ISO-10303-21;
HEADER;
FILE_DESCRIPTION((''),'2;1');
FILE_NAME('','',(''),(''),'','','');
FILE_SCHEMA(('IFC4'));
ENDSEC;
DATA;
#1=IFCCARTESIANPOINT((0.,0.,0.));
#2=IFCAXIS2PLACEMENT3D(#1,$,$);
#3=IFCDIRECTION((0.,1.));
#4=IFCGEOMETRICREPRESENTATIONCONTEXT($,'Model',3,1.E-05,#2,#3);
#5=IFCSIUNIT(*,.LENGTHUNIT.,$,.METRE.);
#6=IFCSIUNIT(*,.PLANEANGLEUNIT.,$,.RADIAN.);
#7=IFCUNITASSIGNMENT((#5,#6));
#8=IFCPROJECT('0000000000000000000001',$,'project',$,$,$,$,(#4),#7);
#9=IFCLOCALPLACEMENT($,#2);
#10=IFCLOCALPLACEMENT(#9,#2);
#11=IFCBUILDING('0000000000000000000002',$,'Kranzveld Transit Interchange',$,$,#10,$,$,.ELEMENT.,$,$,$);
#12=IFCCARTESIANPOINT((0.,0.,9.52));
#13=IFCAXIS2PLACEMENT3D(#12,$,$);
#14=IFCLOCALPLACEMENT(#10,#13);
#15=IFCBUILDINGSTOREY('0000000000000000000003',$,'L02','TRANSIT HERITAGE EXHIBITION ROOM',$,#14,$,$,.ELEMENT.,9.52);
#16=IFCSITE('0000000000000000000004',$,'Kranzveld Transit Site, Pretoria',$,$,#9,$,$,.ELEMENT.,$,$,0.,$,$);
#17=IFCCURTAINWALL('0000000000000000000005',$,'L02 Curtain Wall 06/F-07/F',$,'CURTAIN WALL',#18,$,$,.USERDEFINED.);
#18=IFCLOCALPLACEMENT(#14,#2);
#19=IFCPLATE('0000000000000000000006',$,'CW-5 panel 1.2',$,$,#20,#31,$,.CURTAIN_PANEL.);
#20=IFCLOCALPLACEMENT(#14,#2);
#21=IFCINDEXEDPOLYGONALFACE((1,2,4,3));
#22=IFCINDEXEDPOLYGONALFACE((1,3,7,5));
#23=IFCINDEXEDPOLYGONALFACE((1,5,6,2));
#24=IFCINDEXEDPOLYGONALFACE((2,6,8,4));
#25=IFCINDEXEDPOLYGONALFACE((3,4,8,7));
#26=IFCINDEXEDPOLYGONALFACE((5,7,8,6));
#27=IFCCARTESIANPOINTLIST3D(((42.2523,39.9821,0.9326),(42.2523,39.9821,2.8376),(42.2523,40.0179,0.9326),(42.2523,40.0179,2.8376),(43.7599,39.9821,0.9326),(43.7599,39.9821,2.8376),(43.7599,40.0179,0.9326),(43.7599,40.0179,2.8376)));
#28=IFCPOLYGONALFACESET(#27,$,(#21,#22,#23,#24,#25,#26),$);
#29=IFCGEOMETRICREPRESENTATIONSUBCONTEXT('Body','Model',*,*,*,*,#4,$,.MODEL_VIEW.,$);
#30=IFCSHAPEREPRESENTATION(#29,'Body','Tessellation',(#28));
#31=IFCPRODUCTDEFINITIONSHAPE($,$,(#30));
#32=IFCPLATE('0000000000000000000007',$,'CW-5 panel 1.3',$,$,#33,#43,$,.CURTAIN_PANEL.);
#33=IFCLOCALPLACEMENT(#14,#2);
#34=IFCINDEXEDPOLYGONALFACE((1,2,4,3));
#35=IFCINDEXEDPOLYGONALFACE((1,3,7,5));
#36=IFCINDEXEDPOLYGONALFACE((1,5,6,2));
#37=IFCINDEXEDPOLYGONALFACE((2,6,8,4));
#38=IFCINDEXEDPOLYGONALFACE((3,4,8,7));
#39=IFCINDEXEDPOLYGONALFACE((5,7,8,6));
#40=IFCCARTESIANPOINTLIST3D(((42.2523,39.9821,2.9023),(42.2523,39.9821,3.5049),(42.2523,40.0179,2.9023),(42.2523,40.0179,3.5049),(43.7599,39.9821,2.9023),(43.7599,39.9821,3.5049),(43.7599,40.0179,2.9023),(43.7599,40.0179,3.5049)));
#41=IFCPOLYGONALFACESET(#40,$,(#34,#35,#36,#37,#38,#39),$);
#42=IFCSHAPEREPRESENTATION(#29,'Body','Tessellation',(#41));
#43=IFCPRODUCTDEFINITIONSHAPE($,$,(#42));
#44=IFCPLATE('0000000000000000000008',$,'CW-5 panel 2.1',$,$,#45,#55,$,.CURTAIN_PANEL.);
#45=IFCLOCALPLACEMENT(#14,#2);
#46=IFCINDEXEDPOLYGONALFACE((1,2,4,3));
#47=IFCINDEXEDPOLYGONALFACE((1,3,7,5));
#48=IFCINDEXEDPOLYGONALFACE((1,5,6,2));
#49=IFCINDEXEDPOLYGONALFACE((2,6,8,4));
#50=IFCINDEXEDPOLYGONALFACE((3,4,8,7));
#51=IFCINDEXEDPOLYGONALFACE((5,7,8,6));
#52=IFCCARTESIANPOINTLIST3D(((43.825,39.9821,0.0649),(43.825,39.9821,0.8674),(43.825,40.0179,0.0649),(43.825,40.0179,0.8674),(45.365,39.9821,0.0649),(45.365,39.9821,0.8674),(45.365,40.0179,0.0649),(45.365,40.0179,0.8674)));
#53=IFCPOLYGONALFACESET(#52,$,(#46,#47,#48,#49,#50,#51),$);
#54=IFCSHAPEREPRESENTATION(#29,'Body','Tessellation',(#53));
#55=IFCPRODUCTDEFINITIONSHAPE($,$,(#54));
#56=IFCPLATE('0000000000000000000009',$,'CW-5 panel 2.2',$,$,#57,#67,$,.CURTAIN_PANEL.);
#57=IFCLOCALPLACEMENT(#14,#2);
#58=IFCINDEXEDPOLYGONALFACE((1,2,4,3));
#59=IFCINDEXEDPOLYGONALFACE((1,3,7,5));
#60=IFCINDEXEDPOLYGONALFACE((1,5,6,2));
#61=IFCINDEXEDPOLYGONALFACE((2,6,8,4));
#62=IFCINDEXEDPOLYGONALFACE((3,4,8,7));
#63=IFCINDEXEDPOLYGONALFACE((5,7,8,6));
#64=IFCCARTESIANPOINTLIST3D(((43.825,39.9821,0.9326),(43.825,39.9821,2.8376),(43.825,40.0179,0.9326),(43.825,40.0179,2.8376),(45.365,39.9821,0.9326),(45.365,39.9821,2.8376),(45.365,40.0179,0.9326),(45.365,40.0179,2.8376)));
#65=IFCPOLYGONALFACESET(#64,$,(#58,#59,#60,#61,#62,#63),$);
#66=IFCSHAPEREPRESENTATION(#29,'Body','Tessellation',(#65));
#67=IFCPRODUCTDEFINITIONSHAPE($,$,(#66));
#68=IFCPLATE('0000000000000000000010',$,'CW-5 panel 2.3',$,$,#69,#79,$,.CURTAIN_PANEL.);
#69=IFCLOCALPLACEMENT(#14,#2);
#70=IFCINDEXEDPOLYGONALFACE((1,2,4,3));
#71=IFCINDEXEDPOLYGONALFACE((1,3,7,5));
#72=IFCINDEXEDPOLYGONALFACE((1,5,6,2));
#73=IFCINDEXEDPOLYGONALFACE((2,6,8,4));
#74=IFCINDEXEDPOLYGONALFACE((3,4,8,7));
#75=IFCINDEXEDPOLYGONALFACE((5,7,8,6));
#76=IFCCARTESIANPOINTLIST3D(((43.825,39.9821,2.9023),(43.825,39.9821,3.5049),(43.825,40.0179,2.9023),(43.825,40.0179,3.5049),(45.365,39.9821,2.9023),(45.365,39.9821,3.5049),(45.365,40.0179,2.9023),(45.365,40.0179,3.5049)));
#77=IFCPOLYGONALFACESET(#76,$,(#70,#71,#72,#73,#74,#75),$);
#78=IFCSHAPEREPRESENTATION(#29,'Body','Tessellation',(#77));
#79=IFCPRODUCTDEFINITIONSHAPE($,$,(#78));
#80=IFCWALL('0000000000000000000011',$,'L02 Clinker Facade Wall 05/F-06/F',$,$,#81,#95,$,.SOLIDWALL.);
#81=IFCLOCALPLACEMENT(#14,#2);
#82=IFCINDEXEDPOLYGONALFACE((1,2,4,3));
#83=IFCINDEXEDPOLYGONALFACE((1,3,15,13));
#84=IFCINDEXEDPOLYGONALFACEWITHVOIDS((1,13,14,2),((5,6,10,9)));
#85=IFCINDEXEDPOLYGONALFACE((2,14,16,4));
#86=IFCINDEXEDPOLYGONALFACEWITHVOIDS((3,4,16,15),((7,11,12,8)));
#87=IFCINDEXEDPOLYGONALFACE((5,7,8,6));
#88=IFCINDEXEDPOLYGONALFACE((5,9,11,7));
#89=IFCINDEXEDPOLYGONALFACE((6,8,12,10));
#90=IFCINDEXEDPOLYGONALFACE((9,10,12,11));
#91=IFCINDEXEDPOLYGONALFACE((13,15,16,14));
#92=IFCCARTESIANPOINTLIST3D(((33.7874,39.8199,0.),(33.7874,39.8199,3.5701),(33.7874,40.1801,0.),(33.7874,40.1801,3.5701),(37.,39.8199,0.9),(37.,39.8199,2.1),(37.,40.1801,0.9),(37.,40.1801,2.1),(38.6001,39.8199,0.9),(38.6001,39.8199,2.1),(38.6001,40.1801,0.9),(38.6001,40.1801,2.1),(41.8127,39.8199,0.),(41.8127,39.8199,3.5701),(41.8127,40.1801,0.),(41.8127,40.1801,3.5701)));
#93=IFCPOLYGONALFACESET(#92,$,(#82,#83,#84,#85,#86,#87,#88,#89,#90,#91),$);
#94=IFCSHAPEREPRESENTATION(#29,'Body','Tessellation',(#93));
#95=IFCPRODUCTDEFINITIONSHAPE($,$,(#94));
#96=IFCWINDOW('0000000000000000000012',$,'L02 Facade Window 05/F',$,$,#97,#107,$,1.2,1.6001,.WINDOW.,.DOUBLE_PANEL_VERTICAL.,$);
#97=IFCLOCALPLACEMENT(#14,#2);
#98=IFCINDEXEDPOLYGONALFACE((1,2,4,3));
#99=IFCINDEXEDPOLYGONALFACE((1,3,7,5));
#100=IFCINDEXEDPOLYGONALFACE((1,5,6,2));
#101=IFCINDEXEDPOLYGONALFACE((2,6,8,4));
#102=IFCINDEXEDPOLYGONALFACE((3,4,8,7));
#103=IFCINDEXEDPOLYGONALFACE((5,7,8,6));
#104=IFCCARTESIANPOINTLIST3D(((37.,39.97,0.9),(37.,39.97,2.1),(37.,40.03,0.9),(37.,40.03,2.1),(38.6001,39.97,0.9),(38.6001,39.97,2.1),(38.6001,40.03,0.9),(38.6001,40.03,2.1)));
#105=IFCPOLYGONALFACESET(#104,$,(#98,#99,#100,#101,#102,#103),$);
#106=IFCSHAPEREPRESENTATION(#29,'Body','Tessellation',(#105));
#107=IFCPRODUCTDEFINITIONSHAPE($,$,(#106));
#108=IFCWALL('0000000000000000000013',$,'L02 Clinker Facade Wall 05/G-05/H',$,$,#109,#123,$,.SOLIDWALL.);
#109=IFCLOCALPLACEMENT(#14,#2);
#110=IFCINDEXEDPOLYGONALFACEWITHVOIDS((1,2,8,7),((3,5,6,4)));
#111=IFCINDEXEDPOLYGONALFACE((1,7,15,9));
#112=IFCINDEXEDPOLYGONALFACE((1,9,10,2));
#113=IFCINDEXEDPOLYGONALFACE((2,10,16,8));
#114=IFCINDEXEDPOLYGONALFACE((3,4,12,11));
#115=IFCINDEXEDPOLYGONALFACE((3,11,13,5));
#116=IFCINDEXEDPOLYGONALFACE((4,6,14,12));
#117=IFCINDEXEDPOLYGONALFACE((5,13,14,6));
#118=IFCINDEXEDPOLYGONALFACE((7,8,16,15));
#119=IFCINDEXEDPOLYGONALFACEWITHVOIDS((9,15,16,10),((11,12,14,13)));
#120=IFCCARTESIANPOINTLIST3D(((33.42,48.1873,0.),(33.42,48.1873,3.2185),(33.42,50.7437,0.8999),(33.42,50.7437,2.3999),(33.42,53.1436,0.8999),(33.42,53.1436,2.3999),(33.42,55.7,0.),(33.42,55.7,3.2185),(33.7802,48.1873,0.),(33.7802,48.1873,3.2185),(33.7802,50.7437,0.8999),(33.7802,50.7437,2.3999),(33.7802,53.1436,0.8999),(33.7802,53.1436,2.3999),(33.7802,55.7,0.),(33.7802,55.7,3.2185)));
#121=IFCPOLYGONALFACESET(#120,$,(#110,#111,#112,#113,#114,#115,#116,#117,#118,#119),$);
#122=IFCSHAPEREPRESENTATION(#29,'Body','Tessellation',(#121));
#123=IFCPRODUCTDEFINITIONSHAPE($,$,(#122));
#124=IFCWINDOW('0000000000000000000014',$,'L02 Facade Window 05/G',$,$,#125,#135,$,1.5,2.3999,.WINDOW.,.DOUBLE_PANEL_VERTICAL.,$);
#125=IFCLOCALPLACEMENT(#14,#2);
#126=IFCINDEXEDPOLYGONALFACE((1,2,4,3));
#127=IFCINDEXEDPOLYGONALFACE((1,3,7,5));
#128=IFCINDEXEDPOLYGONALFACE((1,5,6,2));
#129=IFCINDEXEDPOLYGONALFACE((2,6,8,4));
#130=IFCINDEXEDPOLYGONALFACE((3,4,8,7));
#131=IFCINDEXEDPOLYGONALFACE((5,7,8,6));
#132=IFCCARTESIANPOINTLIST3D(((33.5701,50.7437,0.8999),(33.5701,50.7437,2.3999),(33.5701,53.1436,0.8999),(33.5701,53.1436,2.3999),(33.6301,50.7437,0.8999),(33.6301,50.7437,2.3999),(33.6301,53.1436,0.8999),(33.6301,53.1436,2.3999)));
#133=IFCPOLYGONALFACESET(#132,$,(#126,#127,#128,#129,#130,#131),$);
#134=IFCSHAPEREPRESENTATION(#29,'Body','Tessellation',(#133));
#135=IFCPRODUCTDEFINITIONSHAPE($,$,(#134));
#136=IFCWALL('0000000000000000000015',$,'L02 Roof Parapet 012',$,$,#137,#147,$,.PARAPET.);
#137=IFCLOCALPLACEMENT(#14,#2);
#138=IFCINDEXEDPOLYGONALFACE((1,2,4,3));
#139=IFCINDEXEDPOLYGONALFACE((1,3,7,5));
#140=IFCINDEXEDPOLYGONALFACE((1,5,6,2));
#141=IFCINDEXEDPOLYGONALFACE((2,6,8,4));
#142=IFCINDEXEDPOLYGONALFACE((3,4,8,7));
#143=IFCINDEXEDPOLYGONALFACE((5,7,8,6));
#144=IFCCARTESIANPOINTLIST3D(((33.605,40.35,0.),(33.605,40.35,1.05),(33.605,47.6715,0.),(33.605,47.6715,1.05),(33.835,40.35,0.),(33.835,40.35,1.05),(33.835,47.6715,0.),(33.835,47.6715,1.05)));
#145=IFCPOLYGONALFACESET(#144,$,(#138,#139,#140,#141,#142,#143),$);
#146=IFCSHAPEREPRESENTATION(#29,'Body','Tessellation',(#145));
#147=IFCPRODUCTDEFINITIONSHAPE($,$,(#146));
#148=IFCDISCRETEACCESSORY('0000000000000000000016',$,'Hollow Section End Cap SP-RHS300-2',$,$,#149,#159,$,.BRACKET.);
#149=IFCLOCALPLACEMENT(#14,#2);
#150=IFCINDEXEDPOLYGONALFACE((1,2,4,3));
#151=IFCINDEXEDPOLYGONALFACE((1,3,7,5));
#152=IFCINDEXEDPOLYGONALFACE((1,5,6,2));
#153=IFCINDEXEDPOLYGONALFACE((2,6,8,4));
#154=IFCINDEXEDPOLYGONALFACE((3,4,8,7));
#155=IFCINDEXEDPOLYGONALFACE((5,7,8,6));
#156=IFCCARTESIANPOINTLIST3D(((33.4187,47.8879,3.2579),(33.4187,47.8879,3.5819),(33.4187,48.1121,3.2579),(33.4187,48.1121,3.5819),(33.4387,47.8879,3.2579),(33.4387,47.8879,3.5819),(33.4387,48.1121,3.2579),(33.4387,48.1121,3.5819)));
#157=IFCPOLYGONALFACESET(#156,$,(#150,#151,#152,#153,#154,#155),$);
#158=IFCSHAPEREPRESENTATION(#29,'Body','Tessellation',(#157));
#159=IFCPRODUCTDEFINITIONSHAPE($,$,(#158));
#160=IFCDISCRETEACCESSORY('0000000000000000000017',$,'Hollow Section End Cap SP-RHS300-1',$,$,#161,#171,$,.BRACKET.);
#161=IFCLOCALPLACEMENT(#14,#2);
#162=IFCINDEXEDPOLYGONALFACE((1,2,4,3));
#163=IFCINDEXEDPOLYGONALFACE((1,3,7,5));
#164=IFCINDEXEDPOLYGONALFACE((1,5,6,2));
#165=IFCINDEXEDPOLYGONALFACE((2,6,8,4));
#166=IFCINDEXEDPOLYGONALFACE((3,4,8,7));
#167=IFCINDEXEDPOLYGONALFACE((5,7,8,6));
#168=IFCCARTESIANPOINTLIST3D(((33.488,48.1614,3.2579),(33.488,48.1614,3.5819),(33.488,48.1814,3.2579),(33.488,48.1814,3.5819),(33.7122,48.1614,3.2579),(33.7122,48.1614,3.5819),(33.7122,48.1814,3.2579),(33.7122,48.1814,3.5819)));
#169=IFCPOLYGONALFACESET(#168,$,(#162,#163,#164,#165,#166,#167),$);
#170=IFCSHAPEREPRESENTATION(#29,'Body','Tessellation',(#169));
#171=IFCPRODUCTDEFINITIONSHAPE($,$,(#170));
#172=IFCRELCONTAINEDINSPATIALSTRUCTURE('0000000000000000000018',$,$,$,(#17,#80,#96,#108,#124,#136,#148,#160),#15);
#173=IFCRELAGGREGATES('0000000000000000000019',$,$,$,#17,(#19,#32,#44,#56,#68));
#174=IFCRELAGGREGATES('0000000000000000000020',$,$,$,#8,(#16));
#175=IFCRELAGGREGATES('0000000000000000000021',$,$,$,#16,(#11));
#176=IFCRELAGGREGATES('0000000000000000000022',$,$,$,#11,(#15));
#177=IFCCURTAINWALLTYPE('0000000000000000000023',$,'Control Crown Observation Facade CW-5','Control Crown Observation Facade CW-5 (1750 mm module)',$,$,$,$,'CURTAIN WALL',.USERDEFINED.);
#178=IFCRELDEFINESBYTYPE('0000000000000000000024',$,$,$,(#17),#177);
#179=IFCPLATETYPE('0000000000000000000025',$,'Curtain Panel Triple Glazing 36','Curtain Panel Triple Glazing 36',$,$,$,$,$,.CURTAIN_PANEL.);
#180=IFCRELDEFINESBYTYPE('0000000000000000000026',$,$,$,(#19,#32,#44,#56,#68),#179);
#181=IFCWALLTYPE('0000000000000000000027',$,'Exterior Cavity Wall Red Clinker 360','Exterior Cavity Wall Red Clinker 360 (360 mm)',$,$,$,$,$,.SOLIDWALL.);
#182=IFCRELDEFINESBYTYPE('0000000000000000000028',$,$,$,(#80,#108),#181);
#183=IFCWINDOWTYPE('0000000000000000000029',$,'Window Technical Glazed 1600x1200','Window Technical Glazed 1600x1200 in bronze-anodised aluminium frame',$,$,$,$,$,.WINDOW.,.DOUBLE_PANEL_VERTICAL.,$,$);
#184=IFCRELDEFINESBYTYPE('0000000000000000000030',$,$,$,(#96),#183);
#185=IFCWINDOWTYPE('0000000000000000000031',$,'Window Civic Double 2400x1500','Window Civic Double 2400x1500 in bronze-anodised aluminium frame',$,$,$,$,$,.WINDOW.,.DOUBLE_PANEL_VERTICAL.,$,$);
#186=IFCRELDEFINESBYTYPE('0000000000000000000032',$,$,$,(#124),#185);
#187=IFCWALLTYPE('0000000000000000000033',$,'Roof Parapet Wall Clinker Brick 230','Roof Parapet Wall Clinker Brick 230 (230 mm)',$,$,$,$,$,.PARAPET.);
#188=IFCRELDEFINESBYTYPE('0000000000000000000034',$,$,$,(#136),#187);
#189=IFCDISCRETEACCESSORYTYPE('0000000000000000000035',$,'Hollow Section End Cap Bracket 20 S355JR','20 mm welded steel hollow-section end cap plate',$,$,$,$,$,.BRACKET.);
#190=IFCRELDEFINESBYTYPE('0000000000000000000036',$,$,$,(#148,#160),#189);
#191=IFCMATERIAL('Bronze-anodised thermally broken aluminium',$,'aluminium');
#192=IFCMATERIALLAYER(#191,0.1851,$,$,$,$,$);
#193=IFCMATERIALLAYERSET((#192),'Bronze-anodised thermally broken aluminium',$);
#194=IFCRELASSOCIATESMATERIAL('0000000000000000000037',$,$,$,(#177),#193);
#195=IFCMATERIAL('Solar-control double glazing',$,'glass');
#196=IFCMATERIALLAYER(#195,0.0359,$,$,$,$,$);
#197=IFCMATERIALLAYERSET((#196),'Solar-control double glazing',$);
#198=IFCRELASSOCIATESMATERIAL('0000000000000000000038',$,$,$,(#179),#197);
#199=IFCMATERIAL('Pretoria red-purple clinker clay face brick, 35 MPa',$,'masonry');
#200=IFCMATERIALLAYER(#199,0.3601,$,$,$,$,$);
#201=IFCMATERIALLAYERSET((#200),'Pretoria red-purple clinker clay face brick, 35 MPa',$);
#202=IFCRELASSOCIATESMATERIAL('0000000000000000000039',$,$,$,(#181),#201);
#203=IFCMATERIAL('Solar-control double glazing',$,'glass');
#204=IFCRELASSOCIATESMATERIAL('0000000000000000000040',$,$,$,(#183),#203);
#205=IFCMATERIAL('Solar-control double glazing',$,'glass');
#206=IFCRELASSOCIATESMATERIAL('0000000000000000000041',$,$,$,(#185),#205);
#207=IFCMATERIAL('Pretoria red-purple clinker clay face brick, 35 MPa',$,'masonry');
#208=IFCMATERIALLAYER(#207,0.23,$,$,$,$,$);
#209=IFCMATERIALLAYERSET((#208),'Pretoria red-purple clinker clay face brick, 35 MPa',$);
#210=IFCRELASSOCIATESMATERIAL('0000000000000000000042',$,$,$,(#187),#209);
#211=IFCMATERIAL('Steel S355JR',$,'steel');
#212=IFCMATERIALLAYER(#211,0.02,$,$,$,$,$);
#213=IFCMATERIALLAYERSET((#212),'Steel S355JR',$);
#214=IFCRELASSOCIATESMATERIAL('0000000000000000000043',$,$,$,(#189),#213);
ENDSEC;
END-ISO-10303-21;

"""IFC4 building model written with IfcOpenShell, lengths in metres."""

from ifc_helpers import new_model, si_unit, direction, frame, frame_2d, origin, origin_2d, place, context, subcontext, project, spatial, rectangle, extrude, material, layer, layer_set, type_object, element, fill, aggregate, save


model = new_model("IFC4")

# Units and contexts
model_context = context("Model", 3, precision=1e-05, world=origin(), true_north=direction((0.0, 1.0)))
body_context = subcontext(model_context, "Body", "Model", "MODEL_VIEW")
ifc_project = project(units=[si_unit("LENGTHUNIT", "METRE"), si_unit("PLANEANGLEUNIT", "RADIAN")], contexts=[model_context])

# Site, building, storey
site_placement = place(None, origin())
site = spatial("IfcSite", under=ifc_project, at=site_placement, Name="Kranzveld Transit Site, Pretoria", CompositionType="ELEMENT", RefElevation=0.0)
building_placement = place(site_placement, origin())
building = spatial("IfcBuilding", under=site, at=building_placement, Name="Kranzveld Transit Interchange", CompositionType="ELEMENT")
storey_placement = place(building_placement, frame((0.0, 0.0, 9.52)))
storey = spatial("IfcBuildingStorey", under=building, at=storey_placement, Name="L02", Description="TRANSIT HERITAGE EXHIBITION ROOM", CompositionType="ELEMENT", Elevation=9.52)

# Curtain wall
ifc_material_1 = material(Name="Bronze-anodised thermally broken aluminium", Category="aluminium")
ifc_layer_1 = layer(ifc_material_1, 0.1851)
ifc_layer_set_1 = layer_set([ifc_layer_1], Name="Bronze-anodised thermally broken aluminium")
curtain_wall_type_1 = type_object("IfcCurtainWallType", Name="Control Crown Observation Facade CW-5", Description="Control Crown Observation Facade CW-5 (1750 mm module)", ElementType="CURTAIN WALL", PredefinedType="USERDEFINED", material=ifc_layer_set_1)
curtain_wall_1_placement = place(storey_placement, origin())
curtain_wall_1 = element("IfcCurtainWall", 1, at=curtain_wall_1_placement, inside=storey, type_object=curtain_wall_type_1, Name="L02 Curtain Wall 06/F-07/F", ObjectType="CURTAIN WALL", PredefinedType="USERDEFINED")

# Plates
ifc_material_2 = material(Name="Solar-control double glazing", Category="glass")
ifc_layer_2 = layer(ifc_material_2, 0.0359)
ifc_layer_set_2 = layer_set([ifc_layer_2], Name="Solar-control double glazing")
plate_type_1 = type_object("IfcPlateType", Name="Curtain Panel Triple Glazing 36", Description="Curtain Panel Triple Glazing 36", PredefinedType="CURTAIN_PANEL", material=ifc_layer_set_2)
plate_1_placement = place(storey_placement, frame((43.0061, 40.0, 0.9326), z_axis=(0.0, 0.0, 1.0), x_axis=(1.0, 0.0, 0.0)))
plate_1 = element("IfcPlate", 2, at=plate_1_placement, type_object=plate_type_1, Name="CW-5 panel 1.2", PredefinedType="CURTAIN_PANEL", context=body_context, shape_type="SweptSolid", body=[
    extrude(rectangle(XDim=1.5076, YDim=0.0359, at=origin_2d()), origin(), (0.0, 0.0, 1.0), 1.905),
])
plate_2_placement = place(storey_placement, frame((43.0061, 40.0, 2.9023), z_axis=(0.0, 0.0, 1.0), x_axis=(1.0, 0.0, 0.0)))
plate_2 = element("IfcPlate", 3, at=plate_2_placement, type_object=plate_type_1, Name="CW-5 panel 1.3", PredefinedType="CURTAIN_PANEL", context=body_context, shape_type="SweptSolid", body=[
    extrude(rectangle(XDim=1.5076, YDim=0.0359, at=origin_2d()), origin(), (0.0, 0.0, 1.0), 0.6025),
])
plate_3_placement = place(storey_placement, frame((44.595, 40.0, 0.0649), z_axis=(0.0, 0.0, 1.0), x_axis=(1.0, 0.0, 0.0)))
plate_3 = element("IfcPlate", 4, at=plate_3_placement, type_object=plate_type_1, Name="CW-5 panel 2.1", PredefinedType="CURTAIN_PANEL", context=body_context, shape_type="SweptSolid", body=[
    extrude(rectangle(XDim=1.54, YDim=0.0359, at=origin_2d()), origin(), (0.0, 0.0, 1.0), 0.8025),
])
plate_4_placement = place(storey_placement, frame((44.595, 40.0, 0.9326), z_axis=(0.0, 0.0, 1.0), x_axis=(1.0, 0.0, 0.0)))
plate_4 = element("IfcPlate", 5, at=plate_4_placement, type_object=plate_type_1, Name="CW-5 panel 2.2", PredefinedType="CURTAIN_PANEL", context=body_context, shape_type="SweptSolid", body=[
    extrude(rectangle(XDim=1.54, YDim=0.0359, at=origin_2d()), origin(), (0.0, 0.0, 1.0), 1.905),
])
plate_5_placement = place(storey_placement, frame((44.595, 40.0, 2.9023), z_axis=(0.0, 0.0, 1.0), x_axis=(1.0, 0.0, 0.0)))
plate_5 = element("IfcPlate", 6, at=plate_5_placement, type_object=plate_type_1, Name="CW-5 panel 2.3", PredefinedType="CURTAIN_PANEL", context=body_context, shape_type="SweptSolid", body=[
    extrude(rectangle(XDim=1.54, YDim=0.0359, at=origin_2d()), origin(), (0.0, 0.0, 1.0), 0.6025),
])
aggregate(curtain_wall_1, [plate_1, plate_2, plate_3, plate_4, plate_5])

# Walls, openings, windows
ifc_material_3 = material(Name="Pretoria red-purple clinker clay face brick, 35 MPa", Category="masonry")
ifc_layer_3 = layer(ifc_material_3, 0.3601)
ifc_layer_set_3 = layer_set([ifc_layer_3], Name="Pretoria red-purple clinker clay face brick, 35 MPa")
wall_type_1 = type_object("IfcWallType", Name="Exterior Cavity Wall Red Clinker 360", Description="Exterior Cavity Wall Red Clinker 360 (360 mm)", PredefinedType="SOLIDWALL", material=ifc_layer_set_3)
wall_1_placement = place(storey_placement, frame((33.7874, 40.0, 0.0), z_axis=(0.0, 0.0, 1.0), x_axis=(1.0, 0.0, 0.0)))
wall_1 = element("IfcWall", 7, at=wall_1_placement, inside=storey, type_object=wall_type_1, Name="L02 Clinker Facade Wall 05/F-06/F", PredefinedType="SOLIDWALL", context=body_context, shape_type="SweptSolid", body=[
    extrude(rectangle(XDim=8.0254, YDim=0.3601, at=frame_2d((4.0127, 0.0))), origin(), (0.0, 0.0, 1.0), 3.5701),
])
opening_1_placement = place(wall_1_placement, frame((3.2126, 0.0, 0.8999), z_axis=(0.0, 0.0, 1.0), x_axis=(1.0, 0.0, 0.0)))
opening_1 = element("IfcOpeningElement", 8, at=opening_1_placement, cuts=wall_1, PredefinedType="OPENING", context=body_context, shape_type="SweptSolid", body=[
    extrude(rectangle(XDim=1.6001, YDim=1.2, at=frame_2d((0.8, 0.6001))), frame((0.0, 0.1899, 0.0), z_axis=(0.0, -1.0, 0.0), x_axis=(1.0, 0.0, 0.0)), (0.0, 0.0, 1.0), 0.3801),
])
ifc_material_4 = material(Name="Solar-control double glazing", Category="glass")
window_type_1 = type_object("IfcWindowType", Name="Window Technical Glazed 1600x1200", Description="Window Technical Glazed 1600x1200 in bronze-anodised aluminium frame", PartitioningType="DOUBLE_PANEL_VERTICAL", PredefinedType="WINDOW", material=ifc_material_4)
window_1_placement = place(opening_1_placement, origin())
window_1 = element("IfcWindow", 9, at=window_1_placement, inside=storey, type_object=window_type_1, Name="L02 Facade Window 05/F", OverallHeight=1.2, OverallWidth=1.6001, PartitioningType="DOUBLE_PANEL_VERTICAL", PredefinedType="WINDOW", context=body_context, shape_type="SweptSolid", body=[
    extrude(rectangle(XDim=1.6001, YDim=1.2, at=frame_2d((0.8, 0.6001))), frame((0.0, 0.03, 0.0), z_axis=(0.0, -1.0, 0.0), x_axis=(1.0, 0.0, 0.0)), (0.0, 0.0, 1.0), 0.0601),
])
fill(opening_1, window_1)
wall_2_placement = place(storey_placement, frame((33.6001, 48.1873, 0.0), z_axis=(0.0, 0.0, 1.0), x_axis=(0.0, 1.0, 0.0)))
wall_2 = element("IfcWall", 10, at=wall_2_placement, inside=storey, type_object=wall_type_1, Name="L02 Clinker Facade Wall 05/G-05/H", PredefinedType="SOLIDWALL", context=body_context, shape_type="SweptSolid", body=[
    extrude(rectangle(XDim=7.5127, YDim=0.3601, at=frame_2d((3.7563, 0.0))), origin(), (0.0, 0.0, 1.0), 3.2185),
])
opening_2_placement = place(wall_2_placement, frame((2.5564, 0.0, 0.8999), z_axis=(0.0, 0.0, 1.0), x_axis=(1.0, 0.0, 0.0)))
opening_2 = element("IfcOpeningElement", 11, at=opening_2_placement, cuts=wall_2, PredefinedType="OPENING", context=body_context, shape_type="SweptSolid", body=[
    extrude(rectangle(XDim=2.3999, YDim=1.5, at=frame_2d((1.2, 0.75))), frame((0.0, 0.1899, 0.0), z_axis=(0.0, -1.0, 0.0), x_axis=(1.0, 0.0, 0.0)), (0.0, 0.0, 1.0), 0.3801),
])
ifc_material_5 = material(Name="Solar-control double glazing", Category="glass")
window_type_2 = type_object("IfcWindowType", Name="Window Civic Double 2400x1500", Description="Window Civic Double 2400x1500 in bronze-anodised aluminium frame", PartitioningType="DOUBLE_PANEL_VERTICAL", PredefinedType="WINDOW", material=ifc_material_5)
window_2_placement = place(opening_2_placement, origin())
window_2 = element("IfcWindow", 12, at=window_2_placement, inside=storey, type_object=window_type_2, Name="L02 Facade Window 05/G", OverallHeight=1.5, OverallWidth=2.3999, PartitioningType="DOUBLE_PANEL_VERTICAL", PredefinedType="WINDOW", context=body_context, shape_type="SweptSolid", body=[
    extrude(rectangle(XDim=2.3999, YDim=1.5, at=frame_2d((1.2, 0.75))), frame((0.0, 0.03, 0.0), z_axis=(0.0, -1.0, 0.0), x_axis=(1.0, 0.0, 0.0)), (0.0, 0.0, 1.0), 0.0601),
])
fill(opening_2, window_2)

# Wall
ifc_material_6 = material(Name="Pretoria red-purple clinker clay face brick, 35 MPa", Category="masonry")
ifc_layer_4 = layer(ifc_material_6, 0.23)
ifc_layer_set_4 = layer_set([ifc_layer_4], Name="Pretoria red-purple clinker clay face brick, 35 MPa")
wall_type_2 = type_object("IfcWallType", Name="Roof Parapet Wall Clinker Brick 230", Description="Roof Parapet Wall Clinker Brick 230 (230 mm)", PredefinedType="PARAPET", material=ifc_layer_set_4)
wall_3_placement = place(storey_placement, frame((33.72, 40.3501, 0.0), z_axis=(0.0, 0.0, 1.0), x_axis=(0.0, 1.0, 0.0)))
element("IfcWall", 13, at=wall_3_placement, inside=storey, type_object=wall_type_2, Name="L02 Roof Parapet 012", PredefinedType="PARAPET", context=body_context, shape_type="SweptSolid", body=[
    extrude(rectangle(XDim=7.3215, YDim=0.23, at=frame_2d((3.6606, 0.0))), origin(), (0.0, 0.0, 1.0), 1.05),
])

# Discrete accessories
ifc_material_7 = material(Name="Steel S355JR", Category="steel")
ifc_layer_5 = layer(ifc_material_7, 0.02)
ifc_layer_set_5 = layer_set([ifc_layer_5], Name="Steel S355JR")
discrete_accessory_type = type_object("IfcDiscreteAccessoryType", Name="Hollow Section End Cap Bracket 20 S355JR", Description="20 mm welded steel hollow-section end cap plate", PredefinedType="BRACKET", material=ifc_layer_set_5)
for number, where, z_axis, x_axis, name in (
    (14, (33.4187, 48.0, 3.4199), (1.0, 0.0, 0.0), (0.0, 1.0, 0.0), "Hollow Section End Cap SP-RHS300-2"),
    (15, (33.6001, 48.1814, 3.4199), (0.0, -1.0, 0.0), (1.0, 0.0, 0.0), "Hollow Section End Cap SP-RHS300-1"),
):
    element("IfcDiscreteAccessory", number, at=place(storey_placement, frame(where, z_axis=z_axis, x_axis=x_axis)), inside=storey, type_object=discrete_accessory_type, Name=name, PredefinedType="BRACKET", context=body_context, shape_type="SweptSolid", body=[
        extrude(rectangle(XDim=0.2241, YDim=0.324, at=origin_2d()), origin(), (0.0, 0.0, 1.0), 0.02),
    ])

save(model, "model.ifc")
